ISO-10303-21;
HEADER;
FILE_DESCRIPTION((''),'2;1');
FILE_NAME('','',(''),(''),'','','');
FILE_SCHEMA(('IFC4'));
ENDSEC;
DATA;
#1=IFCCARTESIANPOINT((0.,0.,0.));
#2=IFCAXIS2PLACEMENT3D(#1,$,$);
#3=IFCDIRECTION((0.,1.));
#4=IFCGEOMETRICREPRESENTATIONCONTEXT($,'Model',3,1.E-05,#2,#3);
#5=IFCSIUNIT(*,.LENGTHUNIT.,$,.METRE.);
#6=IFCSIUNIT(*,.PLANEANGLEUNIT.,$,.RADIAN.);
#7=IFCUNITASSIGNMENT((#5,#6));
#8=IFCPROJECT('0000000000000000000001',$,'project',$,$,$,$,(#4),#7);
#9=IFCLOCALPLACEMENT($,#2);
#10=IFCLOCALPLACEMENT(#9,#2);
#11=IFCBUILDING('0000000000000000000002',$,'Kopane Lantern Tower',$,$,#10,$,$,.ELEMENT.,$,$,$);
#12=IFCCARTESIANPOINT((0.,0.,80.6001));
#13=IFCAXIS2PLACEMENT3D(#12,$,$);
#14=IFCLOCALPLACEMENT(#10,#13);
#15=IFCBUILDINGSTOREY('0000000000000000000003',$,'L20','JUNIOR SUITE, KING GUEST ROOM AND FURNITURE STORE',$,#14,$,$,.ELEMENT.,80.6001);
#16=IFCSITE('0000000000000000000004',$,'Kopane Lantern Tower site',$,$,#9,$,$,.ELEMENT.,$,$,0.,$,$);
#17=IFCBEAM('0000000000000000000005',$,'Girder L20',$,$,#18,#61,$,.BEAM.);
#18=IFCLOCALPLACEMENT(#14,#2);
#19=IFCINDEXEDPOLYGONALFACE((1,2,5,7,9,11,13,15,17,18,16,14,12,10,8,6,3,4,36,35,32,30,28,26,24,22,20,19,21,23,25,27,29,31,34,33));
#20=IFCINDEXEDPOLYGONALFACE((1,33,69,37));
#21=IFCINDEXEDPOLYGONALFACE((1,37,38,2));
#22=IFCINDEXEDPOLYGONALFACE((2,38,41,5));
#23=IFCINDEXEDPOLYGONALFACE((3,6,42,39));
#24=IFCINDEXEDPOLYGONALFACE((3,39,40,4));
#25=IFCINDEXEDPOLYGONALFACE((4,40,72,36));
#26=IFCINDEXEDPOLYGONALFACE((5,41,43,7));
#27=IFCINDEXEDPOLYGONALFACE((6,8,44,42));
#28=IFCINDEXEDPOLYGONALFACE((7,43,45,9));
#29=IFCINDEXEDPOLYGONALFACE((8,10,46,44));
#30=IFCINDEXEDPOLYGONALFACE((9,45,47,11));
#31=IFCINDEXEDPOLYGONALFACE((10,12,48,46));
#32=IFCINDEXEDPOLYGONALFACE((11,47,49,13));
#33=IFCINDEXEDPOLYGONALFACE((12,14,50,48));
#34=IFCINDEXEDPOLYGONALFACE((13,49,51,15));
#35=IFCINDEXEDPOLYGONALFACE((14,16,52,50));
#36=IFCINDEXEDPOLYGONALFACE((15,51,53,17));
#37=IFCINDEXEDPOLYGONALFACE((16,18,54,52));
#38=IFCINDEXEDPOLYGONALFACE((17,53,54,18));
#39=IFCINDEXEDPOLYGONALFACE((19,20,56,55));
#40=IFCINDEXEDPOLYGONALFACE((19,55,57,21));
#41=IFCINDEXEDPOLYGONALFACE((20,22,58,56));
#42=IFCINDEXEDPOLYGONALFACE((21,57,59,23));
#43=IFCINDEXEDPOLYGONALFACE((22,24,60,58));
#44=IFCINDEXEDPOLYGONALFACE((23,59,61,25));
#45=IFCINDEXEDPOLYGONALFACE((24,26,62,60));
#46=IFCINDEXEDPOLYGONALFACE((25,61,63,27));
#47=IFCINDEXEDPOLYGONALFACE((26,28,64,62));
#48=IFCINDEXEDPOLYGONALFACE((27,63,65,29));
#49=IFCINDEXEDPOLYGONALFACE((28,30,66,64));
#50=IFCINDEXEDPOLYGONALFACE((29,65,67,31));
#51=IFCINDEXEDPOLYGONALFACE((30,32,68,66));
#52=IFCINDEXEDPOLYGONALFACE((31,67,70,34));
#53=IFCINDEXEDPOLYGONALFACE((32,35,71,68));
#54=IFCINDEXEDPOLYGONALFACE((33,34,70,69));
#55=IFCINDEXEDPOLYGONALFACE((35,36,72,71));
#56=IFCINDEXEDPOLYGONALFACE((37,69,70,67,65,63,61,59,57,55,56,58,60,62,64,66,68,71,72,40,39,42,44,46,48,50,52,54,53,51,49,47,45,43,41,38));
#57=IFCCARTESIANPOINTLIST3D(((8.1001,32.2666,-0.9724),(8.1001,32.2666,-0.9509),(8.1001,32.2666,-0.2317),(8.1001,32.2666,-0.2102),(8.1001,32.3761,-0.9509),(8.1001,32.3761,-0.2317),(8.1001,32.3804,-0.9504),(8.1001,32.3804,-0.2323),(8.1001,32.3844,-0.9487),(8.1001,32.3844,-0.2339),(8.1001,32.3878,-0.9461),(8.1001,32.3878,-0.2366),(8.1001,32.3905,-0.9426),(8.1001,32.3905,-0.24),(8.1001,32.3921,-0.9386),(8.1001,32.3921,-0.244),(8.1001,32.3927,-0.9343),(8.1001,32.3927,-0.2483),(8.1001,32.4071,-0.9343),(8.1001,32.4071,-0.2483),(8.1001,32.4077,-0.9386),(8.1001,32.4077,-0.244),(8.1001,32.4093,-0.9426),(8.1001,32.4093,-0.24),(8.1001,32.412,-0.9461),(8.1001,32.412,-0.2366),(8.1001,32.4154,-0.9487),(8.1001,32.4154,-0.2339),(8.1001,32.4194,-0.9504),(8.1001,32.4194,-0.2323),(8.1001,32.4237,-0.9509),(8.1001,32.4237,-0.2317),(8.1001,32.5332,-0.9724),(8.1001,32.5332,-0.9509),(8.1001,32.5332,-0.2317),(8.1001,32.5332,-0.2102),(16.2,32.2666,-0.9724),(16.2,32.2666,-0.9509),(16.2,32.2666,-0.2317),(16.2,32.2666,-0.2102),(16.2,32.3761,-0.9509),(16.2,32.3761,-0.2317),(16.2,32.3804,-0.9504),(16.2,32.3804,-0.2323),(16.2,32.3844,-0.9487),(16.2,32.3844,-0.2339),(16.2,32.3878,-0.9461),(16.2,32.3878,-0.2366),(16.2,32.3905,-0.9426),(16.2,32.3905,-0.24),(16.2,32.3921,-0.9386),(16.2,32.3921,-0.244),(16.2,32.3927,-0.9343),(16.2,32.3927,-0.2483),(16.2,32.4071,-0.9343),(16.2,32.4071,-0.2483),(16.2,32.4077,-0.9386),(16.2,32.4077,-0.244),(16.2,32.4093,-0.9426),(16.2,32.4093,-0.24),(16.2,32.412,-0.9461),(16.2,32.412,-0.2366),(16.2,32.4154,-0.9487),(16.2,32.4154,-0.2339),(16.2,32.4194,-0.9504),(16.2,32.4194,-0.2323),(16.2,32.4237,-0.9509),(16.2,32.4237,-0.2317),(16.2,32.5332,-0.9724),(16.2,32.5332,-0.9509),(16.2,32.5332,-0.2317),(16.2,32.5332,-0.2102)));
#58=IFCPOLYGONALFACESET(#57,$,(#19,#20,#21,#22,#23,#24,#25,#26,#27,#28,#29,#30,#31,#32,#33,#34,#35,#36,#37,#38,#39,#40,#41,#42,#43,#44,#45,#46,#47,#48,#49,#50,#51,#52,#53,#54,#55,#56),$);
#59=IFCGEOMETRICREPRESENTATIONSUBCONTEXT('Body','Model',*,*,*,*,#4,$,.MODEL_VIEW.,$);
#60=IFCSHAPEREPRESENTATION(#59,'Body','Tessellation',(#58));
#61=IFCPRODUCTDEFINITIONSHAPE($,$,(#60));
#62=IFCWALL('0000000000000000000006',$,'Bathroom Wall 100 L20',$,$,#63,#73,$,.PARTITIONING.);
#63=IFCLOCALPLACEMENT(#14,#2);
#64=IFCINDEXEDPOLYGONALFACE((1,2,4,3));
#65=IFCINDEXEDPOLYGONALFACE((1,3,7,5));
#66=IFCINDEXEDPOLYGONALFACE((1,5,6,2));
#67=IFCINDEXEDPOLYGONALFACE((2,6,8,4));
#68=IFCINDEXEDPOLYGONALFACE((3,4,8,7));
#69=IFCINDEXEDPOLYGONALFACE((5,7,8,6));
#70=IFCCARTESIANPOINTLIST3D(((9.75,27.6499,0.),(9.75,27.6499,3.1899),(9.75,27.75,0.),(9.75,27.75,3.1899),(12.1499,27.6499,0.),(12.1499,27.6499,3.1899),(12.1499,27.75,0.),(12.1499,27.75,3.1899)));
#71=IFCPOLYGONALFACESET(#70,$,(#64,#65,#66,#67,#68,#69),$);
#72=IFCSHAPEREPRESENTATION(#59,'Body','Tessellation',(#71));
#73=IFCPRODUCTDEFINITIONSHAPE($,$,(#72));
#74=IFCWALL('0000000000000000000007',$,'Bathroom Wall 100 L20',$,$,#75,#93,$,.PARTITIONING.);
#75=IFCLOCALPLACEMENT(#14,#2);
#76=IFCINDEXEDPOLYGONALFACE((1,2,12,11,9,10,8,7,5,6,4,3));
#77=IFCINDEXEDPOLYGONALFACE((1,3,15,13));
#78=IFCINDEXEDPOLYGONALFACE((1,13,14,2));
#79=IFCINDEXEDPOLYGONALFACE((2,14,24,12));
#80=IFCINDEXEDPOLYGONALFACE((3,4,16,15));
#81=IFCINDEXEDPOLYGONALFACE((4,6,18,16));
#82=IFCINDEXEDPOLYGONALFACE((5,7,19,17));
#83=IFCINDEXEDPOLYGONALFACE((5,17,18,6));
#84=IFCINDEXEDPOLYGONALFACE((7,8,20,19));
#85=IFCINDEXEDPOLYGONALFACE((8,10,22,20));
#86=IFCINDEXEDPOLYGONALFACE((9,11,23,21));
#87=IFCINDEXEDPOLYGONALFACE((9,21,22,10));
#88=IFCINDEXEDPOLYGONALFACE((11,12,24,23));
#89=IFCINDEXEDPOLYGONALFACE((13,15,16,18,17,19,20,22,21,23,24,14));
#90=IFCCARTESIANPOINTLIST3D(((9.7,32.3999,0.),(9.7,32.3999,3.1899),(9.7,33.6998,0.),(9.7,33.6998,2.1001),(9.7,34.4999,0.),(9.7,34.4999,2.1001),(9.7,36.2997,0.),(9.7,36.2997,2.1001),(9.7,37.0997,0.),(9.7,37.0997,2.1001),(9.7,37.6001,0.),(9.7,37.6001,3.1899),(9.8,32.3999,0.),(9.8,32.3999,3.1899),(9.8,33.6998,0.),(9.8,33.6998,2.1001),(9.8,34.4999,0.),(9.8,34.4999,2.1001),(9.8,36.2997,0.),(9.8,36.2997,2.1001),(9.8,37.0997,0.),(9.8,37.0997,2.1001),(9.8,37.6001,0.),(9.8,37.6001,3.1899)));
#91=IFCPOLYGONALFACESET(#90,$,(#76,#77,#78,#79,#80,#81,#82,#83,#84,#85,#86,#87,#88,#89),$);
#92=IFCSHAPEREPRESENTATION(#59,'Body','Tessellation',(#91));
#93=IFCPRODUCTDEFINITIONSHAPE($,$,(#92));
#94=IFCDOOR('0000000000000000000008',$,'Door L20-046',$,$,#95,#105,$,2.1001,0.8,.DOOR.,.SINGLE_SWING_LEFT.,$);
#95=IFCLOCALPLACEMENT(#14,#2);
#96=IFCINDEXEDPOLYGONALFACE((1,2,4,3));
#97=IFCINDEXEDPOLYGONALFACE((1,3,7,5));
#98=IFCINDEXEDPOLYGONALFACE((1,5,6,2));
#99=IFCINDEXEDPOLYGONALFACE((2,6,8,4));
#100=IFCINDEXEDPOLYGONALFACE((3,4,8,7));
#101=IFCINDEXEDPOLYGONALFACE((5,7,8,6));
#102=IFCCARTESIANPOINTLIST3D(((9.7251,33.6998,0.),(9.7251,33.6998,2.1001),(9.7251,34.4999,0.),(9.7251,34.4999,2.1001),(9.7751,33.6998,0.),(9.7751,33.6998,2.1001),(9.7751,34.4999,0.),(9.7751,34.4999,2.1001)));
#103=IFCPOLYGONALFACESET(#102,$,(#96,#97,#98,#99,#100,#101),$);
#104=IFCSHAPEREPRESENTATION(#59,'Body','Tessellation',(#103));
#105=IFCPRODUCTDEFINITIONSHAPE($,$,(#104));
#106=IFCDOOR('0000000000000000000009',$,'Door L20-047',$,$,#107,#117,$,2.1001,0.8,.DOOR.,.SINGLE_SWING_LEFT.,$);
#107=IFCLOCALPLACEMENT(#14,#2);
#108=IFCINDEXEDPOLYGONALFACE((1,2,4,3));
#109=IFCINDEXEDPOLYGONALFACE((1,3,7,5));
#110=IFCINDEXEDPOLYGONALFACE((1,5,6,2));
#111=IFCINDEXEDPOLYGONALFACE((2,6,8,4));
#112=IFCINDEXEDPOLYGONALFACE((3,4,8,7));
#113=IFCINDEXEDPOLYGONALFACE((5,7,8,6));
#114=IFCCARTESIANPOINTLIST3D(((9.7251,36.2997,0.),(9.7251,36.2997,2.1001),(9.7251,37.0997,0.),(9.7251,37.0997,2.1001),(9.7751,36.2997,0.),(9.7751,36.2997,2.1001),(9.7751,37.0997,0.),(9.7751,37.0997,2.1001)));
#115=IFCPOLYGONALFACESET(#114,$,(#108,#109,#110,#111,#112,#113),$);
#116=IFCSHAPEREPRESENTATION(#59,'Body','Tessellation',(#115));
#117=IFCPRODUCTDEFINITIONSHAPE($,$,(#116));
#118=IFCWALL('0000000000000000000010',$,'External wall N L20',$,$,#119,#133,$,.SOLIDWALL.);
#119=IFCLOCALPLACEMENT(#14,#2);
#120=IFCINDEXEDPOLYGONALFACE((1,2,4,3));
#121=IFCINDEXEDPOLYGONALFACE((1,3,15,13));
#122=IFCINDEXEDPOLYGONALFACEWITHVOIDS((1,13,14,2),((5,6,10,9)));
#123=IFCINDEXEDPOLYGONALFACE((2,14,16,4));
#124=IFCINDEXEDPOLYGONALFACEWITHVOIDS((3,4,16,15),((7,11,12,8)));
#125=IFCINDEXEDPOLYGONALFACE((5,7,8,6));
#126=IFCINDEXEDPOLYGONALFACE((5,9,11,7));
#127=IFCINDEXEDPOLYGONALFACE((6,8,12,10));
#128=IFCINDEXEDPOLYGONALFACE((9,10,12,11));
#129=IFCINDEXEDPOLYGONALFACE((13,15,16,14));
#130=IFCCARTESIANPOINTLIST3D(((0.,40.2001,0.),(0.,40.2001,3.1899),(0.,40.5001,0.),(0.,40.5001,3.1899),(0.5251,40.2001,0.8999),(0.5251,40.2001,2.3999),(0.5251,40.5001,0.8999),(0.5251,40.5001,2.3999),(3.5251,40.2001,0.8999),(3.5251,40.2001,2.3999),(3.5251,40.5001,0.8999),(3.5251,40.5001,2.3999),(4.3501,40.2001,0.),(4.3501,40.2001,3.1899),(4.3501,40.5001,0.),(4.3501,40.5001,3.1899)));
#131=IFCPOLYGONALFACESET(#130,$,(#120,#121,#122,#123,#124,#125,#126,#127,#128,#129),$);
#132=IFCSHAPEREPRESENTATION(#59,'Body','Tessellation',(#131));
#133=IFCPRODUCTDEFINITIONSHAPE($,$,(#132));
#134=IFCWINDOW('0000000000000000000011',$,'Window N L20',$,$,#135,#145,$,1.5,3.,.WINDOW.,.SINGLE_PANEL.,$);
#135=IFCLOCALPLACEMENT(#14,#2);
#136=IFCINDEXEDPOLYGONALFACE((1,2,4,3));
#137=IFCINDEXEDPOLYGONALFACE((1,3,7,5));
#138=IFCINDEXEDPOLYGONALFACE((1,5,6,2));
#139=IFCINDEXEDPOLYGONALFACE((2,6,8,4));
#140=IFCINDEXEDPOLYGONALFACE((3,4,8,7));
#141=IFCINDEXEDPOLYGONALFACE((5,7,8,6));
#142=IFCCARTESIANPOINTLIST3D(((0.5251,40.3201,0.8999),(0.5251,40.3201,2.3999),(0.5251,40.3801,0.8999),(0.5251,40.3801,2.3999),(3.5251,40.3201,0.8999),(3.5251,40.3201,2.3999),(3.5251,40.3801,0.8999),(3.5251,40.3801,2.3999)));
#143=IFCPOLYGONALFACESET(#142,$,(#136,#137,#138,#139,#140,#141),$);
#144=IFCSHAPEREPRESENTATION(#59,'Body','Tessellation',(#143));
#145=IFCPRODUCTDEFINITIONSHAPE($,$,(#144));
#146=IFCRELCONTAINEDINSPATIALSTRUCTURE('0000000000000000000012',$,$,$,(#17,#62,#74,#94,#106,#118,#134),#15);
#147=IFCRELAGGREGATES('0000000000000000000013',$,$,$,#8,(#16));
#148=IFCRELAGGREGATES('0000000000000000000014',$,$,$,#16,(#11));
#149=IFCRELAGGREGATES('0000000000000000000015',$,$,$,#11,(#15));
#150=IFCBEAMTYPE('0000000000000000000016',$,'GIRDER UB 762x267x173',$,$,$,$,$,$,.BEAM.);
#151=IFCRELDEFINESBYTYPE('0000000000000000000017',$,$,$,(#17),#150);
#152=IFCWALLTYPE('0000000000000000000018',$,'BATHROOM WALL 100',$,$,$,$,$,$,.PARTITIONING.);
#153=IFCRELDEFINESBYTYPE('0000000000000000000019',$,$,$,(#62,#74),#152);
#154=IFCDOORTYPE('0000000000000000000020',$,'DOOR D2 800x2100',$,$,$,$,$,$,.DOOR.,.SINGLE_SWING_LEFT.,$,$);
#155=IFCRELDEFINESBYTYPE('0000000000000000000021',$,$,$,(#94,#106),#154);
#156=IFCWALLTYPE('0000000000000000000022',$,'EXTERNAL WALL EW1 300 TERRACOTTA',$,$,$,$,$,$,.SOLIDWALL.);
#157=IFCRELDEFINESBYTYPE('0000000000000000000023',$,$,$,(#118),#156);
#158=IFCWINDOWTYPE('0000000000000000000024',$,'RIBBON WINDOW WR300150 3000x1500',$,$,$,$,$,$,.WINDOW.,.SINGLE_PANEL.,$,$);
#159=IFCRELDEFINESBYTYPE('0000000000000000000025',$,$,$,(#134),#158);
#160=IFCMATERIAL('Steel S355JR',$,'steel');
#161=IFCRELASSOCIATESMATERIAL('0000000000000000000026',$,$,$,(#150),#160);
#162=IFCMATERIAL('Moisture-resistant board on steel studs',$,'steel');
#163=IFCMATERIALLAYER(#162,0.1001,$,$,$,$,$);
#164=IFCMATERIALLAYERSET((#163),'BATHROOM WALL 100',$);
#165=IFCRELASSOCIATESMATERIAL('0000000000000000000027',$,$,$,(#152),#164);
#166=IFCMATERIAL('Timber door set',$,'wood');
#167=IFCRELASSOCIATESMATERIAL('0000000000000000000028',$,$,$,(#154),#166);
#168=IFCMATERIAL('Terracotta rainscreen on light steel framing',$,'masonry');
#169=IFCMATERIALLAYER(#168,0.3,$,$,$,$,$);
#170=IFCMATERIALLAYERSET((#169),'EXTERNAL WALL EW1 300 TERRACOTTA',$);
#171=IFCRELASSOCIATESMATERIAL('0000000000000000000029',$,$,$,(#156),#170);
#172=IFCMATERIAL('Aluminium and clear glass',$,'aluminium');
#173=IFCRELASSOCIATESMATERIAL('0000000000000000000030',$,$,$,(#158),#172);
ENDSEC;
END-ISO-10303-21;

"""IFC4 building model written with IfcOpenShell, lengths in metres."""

from ifc_helpers import new_model, si_unit, direction, frame, frame_2d, origin, origin_2d, place, context, subcontext, project, spatial, rectangle, i_section, extrude, material, layer, layer_set, material_profile, profile_set, type_object, element, fill, save


model = new_model("IFC4")

# Units and contexts
model_context = context("Model", 3, precision=1e-05, world=origin(), true_north=direction((0.0, 1.0)))
body_context = subcontext(model_context, "Body", "Model", "MODEL_VIEW")
ifc_project = project(units=[si_unit("LENGTHUNIT", "METRE"), si_unit("PLANEANGLEUNIT", "RADIAN")], contexts=[model_context])

# Site, building, storey
site_placement = place(None, origin())
site = spatial("IfcSite", under=ifc_project, at=site_placement, Name="Kopane Lantern Tower site", CompositionType="ELEMENT", RefElevation=0.0)
building_placement = place(site_placement, origin())
building = spatial("IfcBuilding", under=site, at=building_placement, Name="Kopane Lantern Tower", CompositionType="ELEMENT")
storey_placement = place(building_placement, frame((0.0, 0.0, 80.6001)))
storey = spatial("IfcBuildingStorey", under=building, at=storey_placement, Name="L20", Description="JUNIOR SUITE, KING GUEST ROOM AND FURNITURE STORE", CompositionType="ELEMENT", Elevation=80.6001)

# Beam
ifc_material_1 = material(Name="Steel S355JR", Category="steel")
ifc_material_profile_1 = material_profile(ifc_material_1, i_section(OverallWidth=0.2666, OverallDepth=0.7622, WebThickness=0.0144, FlangeThickness=0.0215, FilletRadius=0.0166, at=origin_2d()), Name="UB 762x267x173")
ifc_profile_set_1 = profile_set([ifc_material_profile_1], Name="Steel S355JR")
beam_type = type_object("IfcBeamType", Name="GIRDER UB 762x267x173", PredefinedType="BEAM", material=ifc_profile_set_1)
beam_placement = place(storey_placement, frame((8.1001, 32.3999, -0.5913), z_axis=(1.0, 0.0, 0.0), x_axis=(0.0, 1.0, 0.0)))
element("IfcBeam", 1, at=beam_placement, inside=storey, type_object=beam_type, Name="Girder L20", PredefinedType="BEAM", context=body_context, shape_type="SweptSolid", body=[
    extrude(i_section(OverallWidth=0.2666, OverallDepth=0.7622, WebThickness=0.0144, FlangeThickness=0.0215, FilletRadius=0.0166, at=origin_2d()), origin(), (0.0, 0.0, 1.0), 8.0999),
])

# Wall
ifc_material_2 = material(Name="Moisture-resistant board on steel studs", Category="steel")
ifc_layer_1 = layer(ifc_material_2, 0.1001)
ifc_layer_set_1 = layer_set([ifc_layer_1], Name="BATHROOM WALL 100")
wall_type_1 = type_object("IfcWallType", Name="BATHROOM WALL 100", PredefinedType="PARTITIONING", material=ifc_layer_set_1)
wall_1_placement = place(storey_placement, frame((12.1499, 27.7, 0.0), z_axis=(0.0, 0.0, 1.0), x_axis=(-1.0, 0.0, 0.0)))
element("IfcWall", 2, at=wall_1_placement, inside=storey, type_object=wall_type_1, Name="Bathroom Wall 100 L20", PredefinedType="PARTITIONING", context=body_context, shape_type="SweptSolid", body=[
    extrude(rectangle(XDim=2.3999, YDim=0.1001, at=frame_2d((1.2, 0.0))), origin(), (0.0, 0.0, 1.0), 3.1899),
])

# Wall, openings, doors
wall_2_placement = place(storey_placement, frame((9.75, 32.3999, 0.0), z_axis=(0.0, 0.0, 1.0), x_axis=(0.0, 1.0, 0.0)))
wall_2 = element("IfcWall", 3, at=wall_2_placement, inside=storey, type_object=wall_type_1, Name="Bathroom Wall 100 L20", PredefinedType="PARTITIONING", context=body_context, shape_type="SweptSolid", body=[
    extrude(rectangle(XDim=5.2002, YDim=0.1001, at=frame_2d((2.6001, 0.0))), origin(), (0.0, 0.0, 1.0), 3.1899),
])
opening_1_placement = place(wall_2_placement, frame((1.3, 0.0, 0.0)))
opening_1 = element("IfcOpeningElement", 4, at=opening_1_placement, cuts=wall_2, PredefinedType="OPENING", context=body_context, shape_type="SweptSolid", body=[
    extrude(rectangle(XDim=0.8, YDim=2.1001, at=frame_2d((0.3999, 1.05))), frame((0.0, 0.0601, 0.0), z_axis=(0.0, -1.0, 0.0), x_axis=(1.0, 0.0, 0.0)), (0.0, 0.0, 1.0), 0.1201),
])
opening_2_placement = place(wall_2_placement, frame((3.8999, 0.0, 0.0)))
opening_2 = element("IfcOpeningElement", 5, at=opening_2_placement, cuts=wall_2, PredefinedType="OPENING", context=body_context, shape_type="SweptSolid", body=[
    extrude(rectangle(XDim=0.8, YDim=2.1001, at=frame_2d((0.3999, 1.05))), frame((0.0, 0.0601, 0.0), z_axis=(0.0, -1.0, 0.0), x_axis=(1.0, 0.0, 0.0)), (0.0, 0.0, 1.0), 0.1201),
])
ifc_material_3 = material(Name="Timber door set", Category="wood")
door_type = type_object("IfcDoorType", Name="DOOR D2 800x2100", OperationType="SINGLE_SWING_LEFT", PredefinedType="DOOR", material=ifc_material_3)
door_1_placement = place(opening_1_placement, origin())
door_1 = element("IfcDoor", 6, at=door_1_placement, inside=storey, type_object=door_type, Name="Door L20-046", OperationType="SINGLE_SWING_LEFT", OverallHeight=2.1001, OverallWidth=0.8, PredefinedType="DOOR", context=body_context, shape_type="SweptSolid", body=[
    extrude(rectangle(XDim=0.8, YDim=2.1001, at=frame_2d((0.3999, 1.05))), frame((0.0, 0.0249, 0.0), z_axis=(0.0, -1.0, 0.0), x_axis=(1.0, 0.0, 0.0)), (0.0, 0.0, 1.0), 0.05),
])
fill(opening_1, door_1)
door_2_placement = place(opening_2_placement, origin())
door_2 = element("IfcDoor", 7, at=door_2_placement, inside=storey, type_object=door_type, Name="Door L20-047", OperationType="SINGLE_SWING_LEFT", OverallHeight=2.1001, OverallWidth=0.8, PredefinedType="DOOR", context=body_context, shape_type="SweptSolid", body=[
    extrude(rectangle(XDim=0.8, YDim=2.1001, at=frame_2d((0.3999, 1.05))), frame((0.0, 0.0249, 0.0), z_axis=(0.0, -1.0, 0.0), x_axis=(1.0, 0.0, 0.0)), (0.0, 0.0, 1.0), 0.05),
])
fill(opening_2, door_2)

# Wall, opening, window
ifc_material_4 = material(Name="Terracotta rainscreen on light steel framing", Category="masonry")
ifc_layer_2 = layer(ifc_material_4, 0.3)
ifc_layer_set_2 = layer_set([ifc_layer_2], Name="EXTERNAL WALL EW1 300 TERRACOTTA")
wall_type_2 = type_object("IfcWallType", Name="EXTERNAL WALL EW1 300 TERRACOTTA", PredefinedType="SOLIDWALL", material=ifc_layer_set_2)
wall_3_placement = place(storey_placement, frame((4.3501, 40.3501, 0.0), z_axis=(0.0, 0.0, 1.0), x_axis=(-1.0, 0.0, 0.0)))
wall_3 = element("IfcWall", 8, at=wall_3_placement, inside=storey, type_object=wall_type_2, Name="External wall N L20", PredefinedType="SOLIDWALL", context=body_context, shape_type="SweptSolid", body=[
    extrude(rectangle(XDim=4.3501, YDim=0.3, at=frame_2d((2.175, 0.0))), origin(), (0.0, 0.0, 1.0), 3.1899),
])
opening_3_placement = place(wall_3_placement, frame((0.825, 0.0, 0.8999)))
opening_3 = element("IfcOpeningElement", 9, at=opening_3_placement, cuts=wall_3, PredefinedType="OPENING", context=body_context, shape_type="SweptSolid", body=[
    extrude(rectangle(XDim=3.0, YDim=1.5, at=frame_2d((1.5, 0.75))), frame((0.0, 0.1599, 0.0), z_axis=(0.0, -1.0, 0.0), x_axis=(1.0, 0.0, 0.0)), (0.0, 0.0, 1.0), 0.3201),
])
ifc_material_5 = material(Name="Aluminium and clear glass", Category="aluminium")
window_type = type_object("IfcWindowType", Name="RIBBON WINDOW WR300150 3000x1500", PartitioningType="SINGLE_PANEL", PredefinedType="WINDOW", material=ifc_material_5)
window_1_placement = place(opening_3_placement, origin())
window_1 = element("IfcWindow", 10, at=window_1_placement, inside=storey, type_object=window_type, Name="Window N L20", OverallHeight=1.5, OverallWidth=3.0, PartitioningType="SINGLE_PANEL", PredefinedType="WINDOW", context=body_context, shape_type="SweptSolid", body=[
    extrude(rectangle(XDim=3.0, YDim=1.5, at=frame_2d((1.5, 0.75))), frame((0.0, 0.03, 0.0), z_axis=(0.0, -1.0, 0.0), x_axis=(1.0, 0.0, 0.0)), (0.0, 0.0, 1.0), 0.0601),
])
fill(opening_3, window_1)

save(model, "model.ifc")
